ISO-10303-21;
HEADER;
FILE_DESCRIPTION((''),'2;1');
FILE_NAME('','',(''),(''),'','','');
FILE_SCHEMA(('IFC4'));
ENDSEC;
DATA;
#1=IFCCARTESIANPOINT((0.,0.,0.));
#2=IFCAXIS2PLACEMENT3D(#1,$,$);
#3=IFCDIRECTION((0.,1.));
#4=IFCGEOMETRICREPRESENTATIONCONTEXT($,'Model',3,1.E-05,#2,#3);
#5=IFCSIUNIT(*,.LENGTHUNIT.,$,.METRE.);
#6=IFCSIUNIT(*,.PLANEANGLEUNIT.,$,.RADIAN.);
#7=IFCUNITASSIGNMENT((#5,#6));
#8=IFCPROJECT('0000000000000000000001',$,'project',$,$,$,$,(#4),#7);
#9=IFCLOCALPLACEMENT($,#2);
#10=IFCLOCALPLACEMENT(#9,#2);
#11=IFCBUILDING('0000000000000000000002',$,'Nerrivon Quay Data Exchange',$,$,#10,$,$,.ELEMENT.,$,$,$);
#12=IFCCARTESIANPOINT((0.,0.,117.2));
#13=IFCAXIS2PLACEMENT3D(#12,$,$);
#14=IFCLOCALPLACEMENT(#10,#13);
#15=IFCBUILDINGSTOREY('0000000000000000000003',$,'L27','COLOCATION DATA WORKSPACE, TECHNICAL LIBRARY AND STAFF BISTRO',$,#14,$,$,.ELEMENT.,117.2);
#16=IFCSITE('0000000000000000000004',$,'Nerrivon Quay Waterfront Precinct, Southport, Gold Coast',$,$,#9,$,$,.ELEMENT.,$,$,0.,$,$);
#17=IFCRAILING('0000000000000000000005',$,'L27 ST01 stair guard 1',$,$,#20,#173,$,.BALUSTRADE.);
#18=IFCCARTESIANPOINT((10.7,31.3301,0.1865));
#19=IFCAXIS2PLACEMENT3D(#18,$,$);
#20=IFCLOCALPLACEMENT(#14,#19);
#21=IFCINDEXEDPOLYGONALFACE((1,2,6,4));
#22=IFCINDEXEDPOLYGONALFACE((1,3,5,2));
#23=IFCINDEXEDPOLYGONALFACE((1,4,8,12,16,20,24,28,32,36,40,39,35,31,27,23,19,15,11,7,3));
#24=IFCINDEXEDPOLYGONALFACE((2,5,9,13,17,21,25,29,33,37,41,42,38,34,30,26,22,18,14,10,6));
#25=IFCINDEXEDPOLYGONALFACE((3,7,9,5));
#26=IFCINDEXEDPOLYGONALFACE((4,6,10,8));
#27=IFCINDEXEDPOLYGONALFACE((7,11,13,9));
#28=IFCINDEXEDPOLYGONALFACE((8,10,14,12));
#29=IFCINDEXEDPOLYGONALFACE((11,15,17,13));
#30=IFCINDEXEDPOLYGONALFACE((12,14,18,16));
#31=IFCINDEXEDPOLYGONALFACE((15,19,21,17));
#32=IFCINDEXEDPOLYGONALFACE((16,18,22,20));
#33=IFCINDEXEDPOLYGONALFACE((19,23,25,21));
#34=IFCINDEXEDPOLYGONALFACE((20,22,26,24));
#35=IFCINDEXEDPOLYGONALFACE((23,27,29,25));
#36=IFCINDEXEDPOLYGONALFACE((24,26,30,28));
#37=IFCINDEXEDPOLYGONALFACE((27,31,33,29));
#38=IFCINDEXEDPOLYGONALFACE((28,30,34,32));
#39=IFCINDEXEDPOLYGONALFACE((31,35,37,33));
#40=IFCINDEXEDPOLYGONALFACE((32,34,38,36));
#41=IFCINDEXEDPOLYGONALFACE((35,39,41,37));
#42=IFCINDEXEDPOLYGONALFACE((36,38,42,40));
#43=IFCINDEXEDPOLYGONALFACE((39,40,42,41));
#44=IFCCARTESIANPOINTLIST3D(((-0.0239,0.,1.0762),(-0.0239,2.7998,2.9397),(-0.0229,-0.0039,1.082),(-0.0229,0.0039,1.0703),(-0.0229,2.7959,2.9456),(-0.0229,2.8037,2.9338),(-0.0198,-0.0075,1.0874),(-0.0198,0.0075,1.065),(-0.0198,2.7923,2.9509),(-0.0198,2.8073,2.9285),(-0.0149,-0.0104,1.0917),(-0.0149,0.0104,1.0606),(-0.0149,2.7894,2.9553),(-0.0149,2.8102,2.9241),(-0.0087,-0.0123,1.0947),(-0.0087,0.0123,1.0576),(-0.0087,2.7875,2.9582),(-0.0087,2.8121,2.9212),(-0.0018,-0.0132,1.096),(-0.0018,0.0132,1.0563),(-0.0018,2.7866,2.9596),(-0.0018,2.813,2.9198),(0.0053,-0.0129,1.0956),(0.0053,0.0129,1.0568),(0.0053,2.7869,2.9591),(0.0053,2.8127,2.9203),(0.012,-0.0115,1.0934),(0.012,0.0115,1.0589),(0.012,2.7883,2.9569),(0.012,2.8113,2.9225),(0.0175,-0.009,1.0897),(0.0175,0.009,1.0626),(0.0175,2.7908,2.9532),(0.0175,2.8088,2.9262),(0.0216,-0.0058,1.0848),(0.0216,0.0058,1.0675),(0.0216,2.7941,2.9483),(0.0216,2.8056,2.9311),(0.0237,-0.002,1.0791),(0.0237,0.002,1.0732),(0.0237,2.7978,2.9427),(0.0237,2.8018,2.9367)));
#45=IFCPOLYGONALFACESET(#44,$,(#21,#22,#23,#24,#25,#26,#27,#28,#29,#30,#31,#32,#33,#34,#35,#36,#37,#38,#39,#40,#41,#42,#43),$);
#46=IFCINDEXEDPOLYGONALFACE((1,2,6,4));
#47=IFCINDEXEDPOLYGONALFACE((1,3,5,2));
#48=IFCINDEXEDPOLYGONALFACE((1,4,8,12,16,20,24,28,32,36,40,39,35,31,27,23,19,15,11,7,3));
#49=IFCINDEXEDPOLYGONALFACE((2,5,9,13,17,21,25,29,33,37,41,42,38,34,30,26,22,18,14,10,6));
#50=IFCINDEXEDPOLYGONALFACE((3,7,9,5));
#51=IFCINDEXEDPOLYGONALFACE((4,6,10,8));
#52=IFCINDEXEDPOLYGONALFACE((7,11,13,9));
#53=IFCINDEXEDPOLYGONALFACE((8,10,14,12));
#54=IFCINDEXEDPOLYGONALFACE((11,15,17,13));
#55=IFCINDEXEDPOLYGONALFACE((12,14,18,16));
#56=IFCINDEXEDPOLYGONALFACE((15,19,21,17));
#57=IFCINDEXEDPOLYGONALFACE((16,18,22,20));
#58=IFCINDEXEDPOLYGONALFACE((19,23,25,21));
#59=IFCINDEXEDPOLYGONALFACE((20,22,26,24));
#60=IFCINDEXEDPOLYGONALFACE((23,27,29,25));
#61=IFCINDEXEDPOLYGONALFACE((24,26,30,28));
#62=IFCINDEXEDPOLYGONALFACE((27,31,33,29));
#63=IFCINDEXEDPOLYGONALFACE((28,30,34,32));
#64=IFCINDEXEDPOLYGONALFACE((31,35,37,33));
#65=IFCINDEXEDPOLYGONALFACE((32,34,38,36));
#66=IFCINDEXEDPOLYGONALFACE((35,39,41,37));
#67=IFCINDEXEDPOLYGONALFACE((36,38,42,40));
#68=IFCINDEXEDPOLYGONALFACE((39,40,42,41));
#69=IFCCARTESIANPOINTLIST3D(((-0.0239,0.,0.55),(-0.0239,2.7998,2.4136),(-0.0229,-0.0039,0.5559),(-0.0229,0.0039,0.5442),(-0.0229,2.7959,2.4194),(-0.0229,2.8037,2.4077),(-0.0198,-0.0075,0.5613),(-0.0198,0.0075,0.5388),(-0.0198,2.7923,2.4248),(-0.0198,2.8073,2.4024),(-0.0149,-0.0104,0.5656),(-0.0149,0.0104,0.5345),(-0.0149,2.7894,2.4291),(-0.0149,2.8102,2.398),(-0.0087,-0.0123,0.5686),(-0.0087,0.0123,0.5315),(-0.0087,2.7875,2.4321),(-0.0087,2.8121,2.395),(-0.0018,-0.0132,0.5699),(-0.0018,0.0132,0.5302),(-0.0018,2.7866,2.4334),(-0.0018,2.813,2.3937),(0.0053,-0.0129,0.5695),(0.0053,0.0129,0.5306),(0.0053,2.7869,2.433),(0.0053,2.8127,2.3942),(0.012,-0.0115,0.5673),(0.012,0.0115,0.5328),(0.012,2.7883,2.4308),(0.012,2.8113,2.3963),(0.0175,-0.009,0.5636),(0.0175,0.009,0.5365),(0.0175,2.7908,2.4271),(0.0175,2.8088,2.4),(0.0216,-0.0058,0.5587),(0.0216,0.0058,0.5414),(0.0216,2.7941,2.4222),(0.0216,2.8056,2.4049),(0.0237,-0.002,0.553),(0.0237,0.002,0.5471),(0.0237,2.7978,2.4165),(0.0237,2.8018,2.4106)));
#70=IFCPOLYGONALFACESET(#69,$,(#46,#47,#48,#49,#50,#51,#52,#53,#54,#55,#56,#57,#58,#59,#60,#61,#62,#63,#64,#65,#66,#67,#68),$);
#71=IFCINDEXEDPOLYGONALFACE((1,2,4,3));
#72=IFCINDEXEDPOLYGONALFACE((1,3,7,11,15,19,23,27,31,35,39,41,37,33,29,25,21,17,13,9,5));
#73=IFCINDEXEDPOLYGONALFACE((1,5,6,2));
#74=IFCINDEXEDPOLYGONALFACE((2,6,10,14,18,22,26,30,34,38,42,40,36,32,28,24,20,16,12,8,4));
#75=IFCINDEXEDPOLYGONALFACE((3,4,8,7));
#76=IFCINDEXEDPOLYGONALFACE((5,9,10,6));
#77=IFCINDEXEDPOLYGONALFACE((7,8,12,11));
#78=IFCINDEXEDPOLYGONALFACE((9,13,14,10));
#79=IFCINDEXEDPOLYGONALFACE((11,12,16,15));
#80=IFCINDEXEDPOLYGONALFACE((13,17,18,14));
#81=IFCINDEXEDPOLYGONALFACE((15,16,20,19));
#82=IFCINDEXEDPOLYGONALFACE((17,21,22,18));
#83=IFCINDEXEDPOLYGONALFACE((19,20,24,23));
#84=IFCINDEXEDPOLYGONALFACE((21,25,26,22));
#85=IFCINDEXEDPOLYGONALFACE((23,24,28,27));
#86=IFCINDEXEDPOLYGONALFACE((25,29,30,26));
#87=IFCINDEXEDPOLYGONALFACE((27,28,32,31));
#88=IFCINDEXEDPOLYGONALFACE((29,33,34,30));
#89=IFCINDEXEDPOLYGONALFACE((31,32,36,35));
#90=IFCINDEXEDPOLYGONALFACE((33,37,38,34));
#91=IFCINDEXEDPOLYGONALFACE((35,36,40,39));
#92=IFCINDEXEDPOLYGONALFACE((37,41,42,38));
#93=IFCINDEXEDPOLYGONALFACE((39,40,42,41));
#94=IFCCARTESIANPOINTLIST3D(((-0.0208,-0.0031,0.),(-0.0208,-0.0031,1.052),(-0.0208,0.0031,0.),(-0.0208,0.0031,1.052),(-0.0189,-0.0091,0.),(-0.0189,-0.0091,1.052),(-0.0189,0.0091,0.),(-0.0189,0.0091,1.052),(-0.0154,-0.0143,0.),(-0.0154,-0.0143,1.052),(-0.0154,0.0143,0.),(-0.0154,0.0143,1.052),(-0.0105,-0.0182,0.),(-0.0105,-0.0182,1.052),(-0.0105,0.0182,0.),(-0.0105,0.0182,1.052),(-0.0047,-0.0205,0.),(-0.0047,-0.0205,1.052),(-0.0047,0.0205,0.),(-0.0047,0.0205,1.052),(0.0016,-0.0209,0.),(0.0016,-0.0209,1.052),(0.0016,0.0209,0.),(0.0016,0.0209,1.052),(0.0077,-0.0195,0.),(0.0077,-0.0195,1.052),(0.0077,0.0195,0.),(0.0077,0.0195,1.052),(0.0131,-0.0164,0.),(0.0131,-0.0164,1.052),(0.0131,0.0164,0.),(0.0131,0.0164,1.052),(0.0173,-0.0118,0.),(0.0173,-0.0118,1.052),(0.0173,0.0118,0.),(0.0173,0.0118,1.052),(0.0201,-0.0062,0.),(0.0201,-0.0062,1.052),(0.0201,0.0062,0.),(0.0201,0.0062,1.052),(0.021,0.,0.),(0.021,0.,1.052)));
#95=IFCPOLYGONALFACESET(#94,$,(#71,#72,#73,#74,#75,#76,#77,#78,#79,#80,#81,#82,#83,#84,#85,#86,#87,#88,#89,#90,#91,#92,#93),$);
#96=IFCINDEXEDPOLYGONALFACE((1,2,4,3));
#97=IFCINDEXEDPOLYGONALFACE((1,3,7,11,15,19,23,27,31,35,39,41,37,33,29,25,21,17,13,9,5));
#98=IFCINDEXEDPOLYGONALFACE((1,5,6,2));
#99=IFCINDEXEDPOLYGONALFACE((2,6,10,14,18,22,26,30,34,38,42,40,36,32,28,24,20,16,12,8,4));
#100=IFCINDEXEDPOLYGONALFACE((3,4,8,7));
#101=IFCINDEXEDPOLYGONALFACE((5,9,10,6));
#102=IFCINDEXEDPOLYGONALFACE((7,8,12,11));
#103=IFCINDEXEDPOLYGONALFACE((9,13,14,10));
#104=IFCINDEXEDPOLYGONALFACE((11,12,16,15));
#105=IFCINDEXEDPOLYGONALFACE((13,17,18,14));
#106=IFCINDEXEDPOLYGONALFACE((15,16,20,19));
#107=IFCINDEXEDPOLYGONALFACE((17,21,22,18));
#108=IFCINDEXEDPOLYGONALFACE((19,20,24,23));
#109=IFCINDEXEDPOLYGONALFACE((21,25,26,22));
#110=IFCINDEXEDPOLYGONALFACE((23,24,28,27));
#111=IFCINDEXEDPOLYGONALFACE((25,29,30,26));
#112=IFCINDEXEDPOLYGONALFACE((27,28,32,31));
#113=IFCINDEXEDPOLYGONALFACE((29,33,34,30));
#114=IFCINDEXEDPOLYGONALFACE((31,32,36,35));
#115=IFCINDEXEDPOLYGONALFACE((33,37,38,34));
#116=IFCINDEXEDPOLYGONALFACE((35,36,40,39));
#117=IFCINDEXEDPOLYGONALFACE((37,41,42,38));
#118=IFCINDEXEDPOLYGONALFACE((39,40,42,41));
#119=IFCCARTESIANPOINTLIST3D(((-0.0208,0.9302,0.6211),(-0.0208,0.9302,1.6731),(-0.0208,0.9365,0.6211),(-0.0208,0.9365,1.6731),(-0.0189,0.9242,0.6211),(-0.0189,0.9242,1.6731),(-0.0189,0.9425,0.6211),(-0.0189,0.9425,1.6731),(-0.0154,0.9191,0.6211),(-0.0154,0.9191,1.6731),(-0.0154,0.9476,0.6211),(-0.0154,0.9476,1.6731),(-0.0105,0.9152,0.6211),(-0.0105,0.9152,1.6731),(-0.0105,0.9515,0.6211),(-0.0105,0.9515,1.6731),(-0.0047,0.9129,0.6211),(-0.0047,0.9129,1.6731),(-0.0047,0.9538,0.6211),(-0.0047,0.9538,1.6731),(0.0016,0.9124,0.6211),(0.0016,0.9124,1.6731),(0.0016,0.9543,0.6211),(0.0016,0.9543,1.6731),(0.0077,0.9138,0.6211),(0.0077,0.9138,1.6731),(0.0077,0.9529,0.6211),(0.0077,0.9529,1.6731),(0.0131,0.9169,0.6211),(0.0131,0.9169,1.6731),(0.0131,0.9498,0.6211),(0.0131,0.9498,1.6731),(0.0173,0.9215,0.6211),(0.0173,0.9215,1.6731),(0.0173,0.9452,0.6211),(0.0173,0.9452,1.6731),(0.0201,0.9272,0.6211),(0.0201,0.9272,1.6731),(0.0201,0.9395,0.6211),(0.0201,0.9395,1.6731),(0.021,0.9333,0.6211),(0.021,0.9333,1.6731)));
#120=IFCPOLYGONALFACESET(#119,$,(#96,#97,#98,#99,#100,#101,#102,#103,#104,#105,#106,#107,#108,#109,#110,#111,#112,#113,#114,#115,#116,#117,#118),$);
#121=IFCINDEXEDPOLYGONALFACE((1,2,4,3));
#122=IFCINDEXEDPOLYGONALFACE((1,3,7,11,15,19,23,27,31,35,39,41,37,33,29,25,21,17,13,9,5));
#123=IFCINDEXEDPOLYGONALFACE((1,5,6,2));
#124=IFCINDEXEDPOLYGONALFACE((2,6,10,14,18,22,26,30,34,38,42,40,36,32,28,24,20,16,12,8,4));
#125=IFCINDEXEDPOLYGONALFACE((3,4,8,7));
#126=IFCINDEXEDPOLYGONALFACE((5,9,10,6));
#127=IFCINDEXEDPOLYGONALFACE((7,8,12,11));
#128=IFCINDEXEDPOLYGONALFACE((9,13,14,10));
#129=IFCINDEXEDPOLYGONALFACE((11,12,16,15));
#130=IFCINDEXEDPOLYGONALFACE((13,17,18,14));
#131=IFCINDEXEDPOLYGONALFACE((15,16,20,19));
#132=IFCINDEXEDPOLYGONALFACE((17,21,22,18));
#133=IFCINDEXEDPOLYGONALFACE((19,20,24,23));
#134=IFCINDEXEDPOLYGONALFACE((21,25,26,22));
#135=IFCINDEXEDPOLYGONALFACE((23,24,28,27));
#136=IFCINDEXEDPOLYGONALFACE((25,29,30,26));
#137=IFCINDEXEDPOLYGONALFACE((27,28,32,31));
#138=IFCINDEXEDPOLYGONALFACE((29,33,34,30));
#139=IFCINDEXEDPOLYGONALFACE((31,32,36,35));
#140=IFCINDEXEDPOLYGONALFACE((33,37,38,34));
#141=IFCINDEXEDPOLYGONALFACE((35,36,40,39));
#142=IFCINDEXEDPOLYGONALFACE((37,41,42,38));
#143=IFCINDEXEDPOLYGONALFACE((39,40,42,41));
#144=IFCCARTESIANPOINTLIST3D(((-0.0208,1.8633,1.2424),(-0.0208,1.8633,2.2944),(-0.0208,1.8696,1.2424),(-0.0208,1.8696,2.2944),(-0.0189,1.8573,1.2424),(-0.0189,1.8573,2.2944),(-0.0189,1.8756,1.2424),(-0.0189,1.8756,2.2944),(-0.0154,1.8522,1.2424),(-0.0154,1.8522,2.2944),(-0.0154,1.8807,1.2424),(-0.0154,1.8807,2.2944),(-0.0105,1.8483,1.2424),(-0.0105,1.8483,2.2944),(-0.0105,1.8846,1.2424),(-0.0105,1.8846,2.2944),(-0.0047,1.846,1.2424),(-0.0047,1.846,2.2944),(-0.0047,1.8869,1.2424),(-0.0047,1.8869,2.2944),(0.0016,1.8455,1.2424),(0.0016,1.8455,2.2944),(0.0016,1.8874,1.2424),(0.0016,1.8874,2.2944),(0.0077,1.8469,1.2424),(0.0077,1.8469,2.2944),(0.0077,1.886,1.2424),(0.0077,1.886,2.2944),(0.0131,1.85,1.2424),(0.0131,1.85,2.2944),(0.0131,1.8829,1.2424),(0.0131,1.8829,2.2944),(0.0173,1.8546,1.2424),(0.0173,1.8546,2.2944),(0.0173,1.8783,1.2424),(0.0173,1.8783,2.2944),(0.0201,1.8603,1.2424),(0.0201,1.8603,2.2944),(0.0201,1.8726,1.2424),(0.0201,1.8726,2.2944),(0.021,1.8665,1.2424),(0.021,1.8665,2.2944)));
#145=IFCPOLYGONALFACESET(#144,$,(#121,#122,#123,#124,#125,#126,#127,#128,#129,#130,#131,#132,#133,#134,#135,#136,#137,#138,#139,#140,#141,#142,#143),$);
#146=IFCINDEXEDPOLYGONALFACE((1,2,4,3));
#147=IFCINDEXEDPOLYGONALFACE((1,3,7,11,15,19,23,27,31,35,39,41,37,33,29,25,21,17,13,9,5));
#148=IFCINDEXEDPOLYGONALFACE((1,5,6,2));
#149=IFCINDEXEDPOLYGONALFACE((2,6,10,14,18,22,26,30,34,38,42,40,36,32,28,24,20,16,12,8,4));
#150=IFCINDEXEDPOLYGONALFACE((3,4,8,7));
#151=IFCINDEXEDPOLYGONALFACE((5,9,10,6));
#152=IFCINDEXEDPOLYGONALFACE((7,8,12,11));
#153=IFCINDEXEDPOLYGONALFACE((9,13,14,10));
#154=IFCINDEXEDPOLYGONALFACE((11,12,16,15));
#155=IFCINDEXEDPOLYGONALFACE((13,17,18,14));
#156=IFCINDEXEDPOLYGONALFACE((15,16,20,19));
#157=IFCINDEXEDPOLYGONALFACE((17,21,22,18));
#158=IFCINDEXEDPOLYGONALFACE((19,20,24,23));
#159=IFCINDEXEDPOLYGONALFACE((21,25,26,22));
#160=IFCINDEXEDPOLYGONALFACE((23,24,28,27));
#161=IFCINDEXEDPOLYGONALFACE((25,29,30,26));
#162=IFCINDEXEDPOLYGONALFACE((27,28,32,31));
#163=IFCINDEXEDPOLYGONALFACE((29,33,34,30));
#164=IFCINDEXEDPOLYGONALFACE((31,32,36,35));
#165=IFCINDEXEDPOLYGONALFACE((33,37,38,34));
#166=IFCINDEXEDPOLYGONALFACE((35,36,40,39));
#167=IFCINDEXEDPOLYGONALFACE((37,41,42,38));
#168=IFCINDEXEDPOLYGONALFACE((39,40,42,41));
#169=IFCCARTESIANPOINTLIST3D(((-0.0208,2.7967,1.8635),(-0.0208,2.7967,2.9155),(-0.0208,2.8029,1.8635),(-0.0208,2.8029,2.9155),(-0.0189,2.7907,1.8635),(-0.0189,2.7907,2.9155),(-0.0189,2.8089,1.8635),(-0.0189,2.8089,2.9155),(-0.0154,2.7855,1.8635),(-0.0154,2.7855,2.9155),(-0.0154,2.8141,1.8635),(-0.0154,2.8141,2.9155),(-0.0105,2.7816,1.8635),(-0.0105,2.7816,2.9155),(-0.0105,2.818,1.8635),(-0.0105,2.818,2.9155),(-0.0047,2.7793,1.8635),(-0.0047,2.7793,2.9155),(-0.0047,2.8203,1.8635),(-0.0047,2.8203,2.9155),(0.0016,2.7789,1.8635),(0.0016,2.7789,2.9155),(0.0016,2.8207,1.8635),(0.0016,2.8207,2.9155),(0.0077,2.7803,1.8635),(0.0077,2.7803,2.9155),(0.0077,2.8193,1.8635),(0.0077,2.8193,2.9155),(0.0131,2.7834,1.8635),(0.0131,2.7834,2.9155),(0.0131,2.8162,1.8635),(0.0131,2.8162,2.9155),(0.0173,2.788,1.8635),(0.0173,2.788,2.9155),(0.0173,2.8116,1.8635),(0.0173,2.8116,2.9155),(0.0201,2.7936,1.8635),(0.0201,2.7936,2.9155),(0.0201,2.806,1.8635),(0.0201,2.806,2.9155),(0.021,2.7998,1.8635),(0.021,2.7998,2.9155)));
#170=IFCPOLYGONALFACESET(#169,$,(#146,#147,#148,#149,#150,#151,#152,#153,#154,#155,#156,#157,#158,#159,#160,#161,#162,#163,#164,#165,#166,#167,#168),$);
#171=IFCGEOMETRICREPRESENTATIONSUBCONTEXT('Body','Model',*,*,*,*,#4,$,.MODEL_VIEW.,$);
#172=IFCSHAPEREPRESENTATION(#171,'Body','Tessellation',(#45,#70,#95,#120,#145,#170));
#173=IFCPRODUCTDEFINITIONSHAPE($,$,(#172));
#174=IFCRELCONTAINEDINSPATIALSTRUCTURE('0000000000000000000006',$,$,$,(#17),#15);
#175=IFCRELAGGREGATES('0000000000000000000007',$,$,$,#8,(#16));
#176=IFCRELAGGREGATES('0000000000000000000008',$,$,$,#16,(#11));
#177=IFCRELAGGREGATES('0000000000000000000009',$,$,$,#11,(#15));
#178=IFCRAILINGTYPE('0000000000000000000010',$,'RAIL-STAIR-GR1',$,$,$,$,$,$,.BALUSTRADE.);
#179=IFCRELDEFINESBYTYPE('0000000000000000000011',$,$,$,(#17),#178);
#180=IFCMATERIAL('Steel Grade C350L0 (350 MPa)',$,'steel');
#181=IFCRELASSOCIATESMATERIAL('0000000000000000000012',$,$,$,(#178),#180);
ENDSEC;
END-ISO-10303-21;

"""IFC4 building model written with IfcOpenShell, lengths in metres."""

from ifc_helpers import new_model, si_unit, direction, frame, origin, origin_2d, place, context, subcontext, project, spatial, circle, extrude, material, type_object, element, save


model = new_model("IFC4")

# Units and contexts
model_context = context("Model", 3, precision=1e-05, world=origin(), true_north=direction((0.0, 1.0)))
body_context = subcontext(model_context, "Body", "Model", "MODEL_VIEW")
ifc_project = project(units=[si_unit("LENGTHUNIT", "METRE"), si_unit("PLANEANGLEUNIT", "RADIAN")], contexts=[model_context])

# Site, building, storey
site_placement = place(None, origin())
site = spatial("IfcSite", under=ifc_project, at=site_placement, Name="Nerrivon Quay Waterfront Precinct, Southport, Gold Coast", CompositionType="ELEMENT", RefElevation=0.0)
building_placement = place(site_placement, origin())
building = spatial("IfcBuilding", under=site, at=building_placement, Name="Nerrivon Quay Data Exchange", CompositionType="ELEMENT")
storey_placement = place(building_placement, frame((0.0, 0.0, 117.2)))
storey = spatial("IfcBuildingStorey", under=building, at=storey_placement, Name="L27", Description="COLOCATION DATA WORKSPACE, TECHNICAL LIBRARY AND STAFF BISTRO", CompositionType="ELEMENT", Elevation=117.2)

# Railing
ifc_material_1 = material(Name="Steel Grade C350L0 (350 MPa)", Category="steel")
railing_type_1 = type_object("IfcRailingType", Name="RAIL-STAIR-GR1", PredefinedType="BALUSTRADE", material=ifc_material_1)
railing_1_placement = place(storey_placement, frame((10.7, 31.3301, 0.1865)))
element("IfcRailing", 1, at=railing_1_placement, inside=storey, type_object=railing_type_1, Name="L27 ST01 stair guard 1", PredefinedType="BALUSTRADE", context=body_context, shape_type="SweptSolid", body=[
    extrude(circle(Radius=0.0239, at=origin_2d()), frame((0.0, 0.0, 1.0762), z_axis=(0.0, 0.832463, 0.55408), x_axis=(-1.0, 0.0, 0.0)), (0.0, 0.0, 1.0), 3.3633),
    extrude(circle(Radius=0.0239, at=origin_2d()), frame((0.0, 0.0, 0.55), z_axis=(0.0, 0.832463, 0.55408), x_axis=(-1.0, 0.0, 0.0)), (0.0, 0.0, 1.0), 3.3633),
    extrude(circle(Radius=0.021, at=origin_2d()), origin(), (0.0, 0.0, 1.0), 1.052),
    extrude(circle(Radius=0.021, at=origin_2d()), frame((0.0, 0.9333, 0.6211)), (0.0, 0.0, 1.0), 1.052),
    extrude(circle(Radius=0.021, at=origin_2d()), frame((0.0, 1.8665, 1.2424)), (0.0, 0.0, 1.0), 1.052),
    extrude(circle(Radius=0.021, at=origin_2d()), frame((0.0, 2.7998, 1.8635)), (0.0, 0.0, 1.0), 1.052),
])

save(model, "model.ifc")
